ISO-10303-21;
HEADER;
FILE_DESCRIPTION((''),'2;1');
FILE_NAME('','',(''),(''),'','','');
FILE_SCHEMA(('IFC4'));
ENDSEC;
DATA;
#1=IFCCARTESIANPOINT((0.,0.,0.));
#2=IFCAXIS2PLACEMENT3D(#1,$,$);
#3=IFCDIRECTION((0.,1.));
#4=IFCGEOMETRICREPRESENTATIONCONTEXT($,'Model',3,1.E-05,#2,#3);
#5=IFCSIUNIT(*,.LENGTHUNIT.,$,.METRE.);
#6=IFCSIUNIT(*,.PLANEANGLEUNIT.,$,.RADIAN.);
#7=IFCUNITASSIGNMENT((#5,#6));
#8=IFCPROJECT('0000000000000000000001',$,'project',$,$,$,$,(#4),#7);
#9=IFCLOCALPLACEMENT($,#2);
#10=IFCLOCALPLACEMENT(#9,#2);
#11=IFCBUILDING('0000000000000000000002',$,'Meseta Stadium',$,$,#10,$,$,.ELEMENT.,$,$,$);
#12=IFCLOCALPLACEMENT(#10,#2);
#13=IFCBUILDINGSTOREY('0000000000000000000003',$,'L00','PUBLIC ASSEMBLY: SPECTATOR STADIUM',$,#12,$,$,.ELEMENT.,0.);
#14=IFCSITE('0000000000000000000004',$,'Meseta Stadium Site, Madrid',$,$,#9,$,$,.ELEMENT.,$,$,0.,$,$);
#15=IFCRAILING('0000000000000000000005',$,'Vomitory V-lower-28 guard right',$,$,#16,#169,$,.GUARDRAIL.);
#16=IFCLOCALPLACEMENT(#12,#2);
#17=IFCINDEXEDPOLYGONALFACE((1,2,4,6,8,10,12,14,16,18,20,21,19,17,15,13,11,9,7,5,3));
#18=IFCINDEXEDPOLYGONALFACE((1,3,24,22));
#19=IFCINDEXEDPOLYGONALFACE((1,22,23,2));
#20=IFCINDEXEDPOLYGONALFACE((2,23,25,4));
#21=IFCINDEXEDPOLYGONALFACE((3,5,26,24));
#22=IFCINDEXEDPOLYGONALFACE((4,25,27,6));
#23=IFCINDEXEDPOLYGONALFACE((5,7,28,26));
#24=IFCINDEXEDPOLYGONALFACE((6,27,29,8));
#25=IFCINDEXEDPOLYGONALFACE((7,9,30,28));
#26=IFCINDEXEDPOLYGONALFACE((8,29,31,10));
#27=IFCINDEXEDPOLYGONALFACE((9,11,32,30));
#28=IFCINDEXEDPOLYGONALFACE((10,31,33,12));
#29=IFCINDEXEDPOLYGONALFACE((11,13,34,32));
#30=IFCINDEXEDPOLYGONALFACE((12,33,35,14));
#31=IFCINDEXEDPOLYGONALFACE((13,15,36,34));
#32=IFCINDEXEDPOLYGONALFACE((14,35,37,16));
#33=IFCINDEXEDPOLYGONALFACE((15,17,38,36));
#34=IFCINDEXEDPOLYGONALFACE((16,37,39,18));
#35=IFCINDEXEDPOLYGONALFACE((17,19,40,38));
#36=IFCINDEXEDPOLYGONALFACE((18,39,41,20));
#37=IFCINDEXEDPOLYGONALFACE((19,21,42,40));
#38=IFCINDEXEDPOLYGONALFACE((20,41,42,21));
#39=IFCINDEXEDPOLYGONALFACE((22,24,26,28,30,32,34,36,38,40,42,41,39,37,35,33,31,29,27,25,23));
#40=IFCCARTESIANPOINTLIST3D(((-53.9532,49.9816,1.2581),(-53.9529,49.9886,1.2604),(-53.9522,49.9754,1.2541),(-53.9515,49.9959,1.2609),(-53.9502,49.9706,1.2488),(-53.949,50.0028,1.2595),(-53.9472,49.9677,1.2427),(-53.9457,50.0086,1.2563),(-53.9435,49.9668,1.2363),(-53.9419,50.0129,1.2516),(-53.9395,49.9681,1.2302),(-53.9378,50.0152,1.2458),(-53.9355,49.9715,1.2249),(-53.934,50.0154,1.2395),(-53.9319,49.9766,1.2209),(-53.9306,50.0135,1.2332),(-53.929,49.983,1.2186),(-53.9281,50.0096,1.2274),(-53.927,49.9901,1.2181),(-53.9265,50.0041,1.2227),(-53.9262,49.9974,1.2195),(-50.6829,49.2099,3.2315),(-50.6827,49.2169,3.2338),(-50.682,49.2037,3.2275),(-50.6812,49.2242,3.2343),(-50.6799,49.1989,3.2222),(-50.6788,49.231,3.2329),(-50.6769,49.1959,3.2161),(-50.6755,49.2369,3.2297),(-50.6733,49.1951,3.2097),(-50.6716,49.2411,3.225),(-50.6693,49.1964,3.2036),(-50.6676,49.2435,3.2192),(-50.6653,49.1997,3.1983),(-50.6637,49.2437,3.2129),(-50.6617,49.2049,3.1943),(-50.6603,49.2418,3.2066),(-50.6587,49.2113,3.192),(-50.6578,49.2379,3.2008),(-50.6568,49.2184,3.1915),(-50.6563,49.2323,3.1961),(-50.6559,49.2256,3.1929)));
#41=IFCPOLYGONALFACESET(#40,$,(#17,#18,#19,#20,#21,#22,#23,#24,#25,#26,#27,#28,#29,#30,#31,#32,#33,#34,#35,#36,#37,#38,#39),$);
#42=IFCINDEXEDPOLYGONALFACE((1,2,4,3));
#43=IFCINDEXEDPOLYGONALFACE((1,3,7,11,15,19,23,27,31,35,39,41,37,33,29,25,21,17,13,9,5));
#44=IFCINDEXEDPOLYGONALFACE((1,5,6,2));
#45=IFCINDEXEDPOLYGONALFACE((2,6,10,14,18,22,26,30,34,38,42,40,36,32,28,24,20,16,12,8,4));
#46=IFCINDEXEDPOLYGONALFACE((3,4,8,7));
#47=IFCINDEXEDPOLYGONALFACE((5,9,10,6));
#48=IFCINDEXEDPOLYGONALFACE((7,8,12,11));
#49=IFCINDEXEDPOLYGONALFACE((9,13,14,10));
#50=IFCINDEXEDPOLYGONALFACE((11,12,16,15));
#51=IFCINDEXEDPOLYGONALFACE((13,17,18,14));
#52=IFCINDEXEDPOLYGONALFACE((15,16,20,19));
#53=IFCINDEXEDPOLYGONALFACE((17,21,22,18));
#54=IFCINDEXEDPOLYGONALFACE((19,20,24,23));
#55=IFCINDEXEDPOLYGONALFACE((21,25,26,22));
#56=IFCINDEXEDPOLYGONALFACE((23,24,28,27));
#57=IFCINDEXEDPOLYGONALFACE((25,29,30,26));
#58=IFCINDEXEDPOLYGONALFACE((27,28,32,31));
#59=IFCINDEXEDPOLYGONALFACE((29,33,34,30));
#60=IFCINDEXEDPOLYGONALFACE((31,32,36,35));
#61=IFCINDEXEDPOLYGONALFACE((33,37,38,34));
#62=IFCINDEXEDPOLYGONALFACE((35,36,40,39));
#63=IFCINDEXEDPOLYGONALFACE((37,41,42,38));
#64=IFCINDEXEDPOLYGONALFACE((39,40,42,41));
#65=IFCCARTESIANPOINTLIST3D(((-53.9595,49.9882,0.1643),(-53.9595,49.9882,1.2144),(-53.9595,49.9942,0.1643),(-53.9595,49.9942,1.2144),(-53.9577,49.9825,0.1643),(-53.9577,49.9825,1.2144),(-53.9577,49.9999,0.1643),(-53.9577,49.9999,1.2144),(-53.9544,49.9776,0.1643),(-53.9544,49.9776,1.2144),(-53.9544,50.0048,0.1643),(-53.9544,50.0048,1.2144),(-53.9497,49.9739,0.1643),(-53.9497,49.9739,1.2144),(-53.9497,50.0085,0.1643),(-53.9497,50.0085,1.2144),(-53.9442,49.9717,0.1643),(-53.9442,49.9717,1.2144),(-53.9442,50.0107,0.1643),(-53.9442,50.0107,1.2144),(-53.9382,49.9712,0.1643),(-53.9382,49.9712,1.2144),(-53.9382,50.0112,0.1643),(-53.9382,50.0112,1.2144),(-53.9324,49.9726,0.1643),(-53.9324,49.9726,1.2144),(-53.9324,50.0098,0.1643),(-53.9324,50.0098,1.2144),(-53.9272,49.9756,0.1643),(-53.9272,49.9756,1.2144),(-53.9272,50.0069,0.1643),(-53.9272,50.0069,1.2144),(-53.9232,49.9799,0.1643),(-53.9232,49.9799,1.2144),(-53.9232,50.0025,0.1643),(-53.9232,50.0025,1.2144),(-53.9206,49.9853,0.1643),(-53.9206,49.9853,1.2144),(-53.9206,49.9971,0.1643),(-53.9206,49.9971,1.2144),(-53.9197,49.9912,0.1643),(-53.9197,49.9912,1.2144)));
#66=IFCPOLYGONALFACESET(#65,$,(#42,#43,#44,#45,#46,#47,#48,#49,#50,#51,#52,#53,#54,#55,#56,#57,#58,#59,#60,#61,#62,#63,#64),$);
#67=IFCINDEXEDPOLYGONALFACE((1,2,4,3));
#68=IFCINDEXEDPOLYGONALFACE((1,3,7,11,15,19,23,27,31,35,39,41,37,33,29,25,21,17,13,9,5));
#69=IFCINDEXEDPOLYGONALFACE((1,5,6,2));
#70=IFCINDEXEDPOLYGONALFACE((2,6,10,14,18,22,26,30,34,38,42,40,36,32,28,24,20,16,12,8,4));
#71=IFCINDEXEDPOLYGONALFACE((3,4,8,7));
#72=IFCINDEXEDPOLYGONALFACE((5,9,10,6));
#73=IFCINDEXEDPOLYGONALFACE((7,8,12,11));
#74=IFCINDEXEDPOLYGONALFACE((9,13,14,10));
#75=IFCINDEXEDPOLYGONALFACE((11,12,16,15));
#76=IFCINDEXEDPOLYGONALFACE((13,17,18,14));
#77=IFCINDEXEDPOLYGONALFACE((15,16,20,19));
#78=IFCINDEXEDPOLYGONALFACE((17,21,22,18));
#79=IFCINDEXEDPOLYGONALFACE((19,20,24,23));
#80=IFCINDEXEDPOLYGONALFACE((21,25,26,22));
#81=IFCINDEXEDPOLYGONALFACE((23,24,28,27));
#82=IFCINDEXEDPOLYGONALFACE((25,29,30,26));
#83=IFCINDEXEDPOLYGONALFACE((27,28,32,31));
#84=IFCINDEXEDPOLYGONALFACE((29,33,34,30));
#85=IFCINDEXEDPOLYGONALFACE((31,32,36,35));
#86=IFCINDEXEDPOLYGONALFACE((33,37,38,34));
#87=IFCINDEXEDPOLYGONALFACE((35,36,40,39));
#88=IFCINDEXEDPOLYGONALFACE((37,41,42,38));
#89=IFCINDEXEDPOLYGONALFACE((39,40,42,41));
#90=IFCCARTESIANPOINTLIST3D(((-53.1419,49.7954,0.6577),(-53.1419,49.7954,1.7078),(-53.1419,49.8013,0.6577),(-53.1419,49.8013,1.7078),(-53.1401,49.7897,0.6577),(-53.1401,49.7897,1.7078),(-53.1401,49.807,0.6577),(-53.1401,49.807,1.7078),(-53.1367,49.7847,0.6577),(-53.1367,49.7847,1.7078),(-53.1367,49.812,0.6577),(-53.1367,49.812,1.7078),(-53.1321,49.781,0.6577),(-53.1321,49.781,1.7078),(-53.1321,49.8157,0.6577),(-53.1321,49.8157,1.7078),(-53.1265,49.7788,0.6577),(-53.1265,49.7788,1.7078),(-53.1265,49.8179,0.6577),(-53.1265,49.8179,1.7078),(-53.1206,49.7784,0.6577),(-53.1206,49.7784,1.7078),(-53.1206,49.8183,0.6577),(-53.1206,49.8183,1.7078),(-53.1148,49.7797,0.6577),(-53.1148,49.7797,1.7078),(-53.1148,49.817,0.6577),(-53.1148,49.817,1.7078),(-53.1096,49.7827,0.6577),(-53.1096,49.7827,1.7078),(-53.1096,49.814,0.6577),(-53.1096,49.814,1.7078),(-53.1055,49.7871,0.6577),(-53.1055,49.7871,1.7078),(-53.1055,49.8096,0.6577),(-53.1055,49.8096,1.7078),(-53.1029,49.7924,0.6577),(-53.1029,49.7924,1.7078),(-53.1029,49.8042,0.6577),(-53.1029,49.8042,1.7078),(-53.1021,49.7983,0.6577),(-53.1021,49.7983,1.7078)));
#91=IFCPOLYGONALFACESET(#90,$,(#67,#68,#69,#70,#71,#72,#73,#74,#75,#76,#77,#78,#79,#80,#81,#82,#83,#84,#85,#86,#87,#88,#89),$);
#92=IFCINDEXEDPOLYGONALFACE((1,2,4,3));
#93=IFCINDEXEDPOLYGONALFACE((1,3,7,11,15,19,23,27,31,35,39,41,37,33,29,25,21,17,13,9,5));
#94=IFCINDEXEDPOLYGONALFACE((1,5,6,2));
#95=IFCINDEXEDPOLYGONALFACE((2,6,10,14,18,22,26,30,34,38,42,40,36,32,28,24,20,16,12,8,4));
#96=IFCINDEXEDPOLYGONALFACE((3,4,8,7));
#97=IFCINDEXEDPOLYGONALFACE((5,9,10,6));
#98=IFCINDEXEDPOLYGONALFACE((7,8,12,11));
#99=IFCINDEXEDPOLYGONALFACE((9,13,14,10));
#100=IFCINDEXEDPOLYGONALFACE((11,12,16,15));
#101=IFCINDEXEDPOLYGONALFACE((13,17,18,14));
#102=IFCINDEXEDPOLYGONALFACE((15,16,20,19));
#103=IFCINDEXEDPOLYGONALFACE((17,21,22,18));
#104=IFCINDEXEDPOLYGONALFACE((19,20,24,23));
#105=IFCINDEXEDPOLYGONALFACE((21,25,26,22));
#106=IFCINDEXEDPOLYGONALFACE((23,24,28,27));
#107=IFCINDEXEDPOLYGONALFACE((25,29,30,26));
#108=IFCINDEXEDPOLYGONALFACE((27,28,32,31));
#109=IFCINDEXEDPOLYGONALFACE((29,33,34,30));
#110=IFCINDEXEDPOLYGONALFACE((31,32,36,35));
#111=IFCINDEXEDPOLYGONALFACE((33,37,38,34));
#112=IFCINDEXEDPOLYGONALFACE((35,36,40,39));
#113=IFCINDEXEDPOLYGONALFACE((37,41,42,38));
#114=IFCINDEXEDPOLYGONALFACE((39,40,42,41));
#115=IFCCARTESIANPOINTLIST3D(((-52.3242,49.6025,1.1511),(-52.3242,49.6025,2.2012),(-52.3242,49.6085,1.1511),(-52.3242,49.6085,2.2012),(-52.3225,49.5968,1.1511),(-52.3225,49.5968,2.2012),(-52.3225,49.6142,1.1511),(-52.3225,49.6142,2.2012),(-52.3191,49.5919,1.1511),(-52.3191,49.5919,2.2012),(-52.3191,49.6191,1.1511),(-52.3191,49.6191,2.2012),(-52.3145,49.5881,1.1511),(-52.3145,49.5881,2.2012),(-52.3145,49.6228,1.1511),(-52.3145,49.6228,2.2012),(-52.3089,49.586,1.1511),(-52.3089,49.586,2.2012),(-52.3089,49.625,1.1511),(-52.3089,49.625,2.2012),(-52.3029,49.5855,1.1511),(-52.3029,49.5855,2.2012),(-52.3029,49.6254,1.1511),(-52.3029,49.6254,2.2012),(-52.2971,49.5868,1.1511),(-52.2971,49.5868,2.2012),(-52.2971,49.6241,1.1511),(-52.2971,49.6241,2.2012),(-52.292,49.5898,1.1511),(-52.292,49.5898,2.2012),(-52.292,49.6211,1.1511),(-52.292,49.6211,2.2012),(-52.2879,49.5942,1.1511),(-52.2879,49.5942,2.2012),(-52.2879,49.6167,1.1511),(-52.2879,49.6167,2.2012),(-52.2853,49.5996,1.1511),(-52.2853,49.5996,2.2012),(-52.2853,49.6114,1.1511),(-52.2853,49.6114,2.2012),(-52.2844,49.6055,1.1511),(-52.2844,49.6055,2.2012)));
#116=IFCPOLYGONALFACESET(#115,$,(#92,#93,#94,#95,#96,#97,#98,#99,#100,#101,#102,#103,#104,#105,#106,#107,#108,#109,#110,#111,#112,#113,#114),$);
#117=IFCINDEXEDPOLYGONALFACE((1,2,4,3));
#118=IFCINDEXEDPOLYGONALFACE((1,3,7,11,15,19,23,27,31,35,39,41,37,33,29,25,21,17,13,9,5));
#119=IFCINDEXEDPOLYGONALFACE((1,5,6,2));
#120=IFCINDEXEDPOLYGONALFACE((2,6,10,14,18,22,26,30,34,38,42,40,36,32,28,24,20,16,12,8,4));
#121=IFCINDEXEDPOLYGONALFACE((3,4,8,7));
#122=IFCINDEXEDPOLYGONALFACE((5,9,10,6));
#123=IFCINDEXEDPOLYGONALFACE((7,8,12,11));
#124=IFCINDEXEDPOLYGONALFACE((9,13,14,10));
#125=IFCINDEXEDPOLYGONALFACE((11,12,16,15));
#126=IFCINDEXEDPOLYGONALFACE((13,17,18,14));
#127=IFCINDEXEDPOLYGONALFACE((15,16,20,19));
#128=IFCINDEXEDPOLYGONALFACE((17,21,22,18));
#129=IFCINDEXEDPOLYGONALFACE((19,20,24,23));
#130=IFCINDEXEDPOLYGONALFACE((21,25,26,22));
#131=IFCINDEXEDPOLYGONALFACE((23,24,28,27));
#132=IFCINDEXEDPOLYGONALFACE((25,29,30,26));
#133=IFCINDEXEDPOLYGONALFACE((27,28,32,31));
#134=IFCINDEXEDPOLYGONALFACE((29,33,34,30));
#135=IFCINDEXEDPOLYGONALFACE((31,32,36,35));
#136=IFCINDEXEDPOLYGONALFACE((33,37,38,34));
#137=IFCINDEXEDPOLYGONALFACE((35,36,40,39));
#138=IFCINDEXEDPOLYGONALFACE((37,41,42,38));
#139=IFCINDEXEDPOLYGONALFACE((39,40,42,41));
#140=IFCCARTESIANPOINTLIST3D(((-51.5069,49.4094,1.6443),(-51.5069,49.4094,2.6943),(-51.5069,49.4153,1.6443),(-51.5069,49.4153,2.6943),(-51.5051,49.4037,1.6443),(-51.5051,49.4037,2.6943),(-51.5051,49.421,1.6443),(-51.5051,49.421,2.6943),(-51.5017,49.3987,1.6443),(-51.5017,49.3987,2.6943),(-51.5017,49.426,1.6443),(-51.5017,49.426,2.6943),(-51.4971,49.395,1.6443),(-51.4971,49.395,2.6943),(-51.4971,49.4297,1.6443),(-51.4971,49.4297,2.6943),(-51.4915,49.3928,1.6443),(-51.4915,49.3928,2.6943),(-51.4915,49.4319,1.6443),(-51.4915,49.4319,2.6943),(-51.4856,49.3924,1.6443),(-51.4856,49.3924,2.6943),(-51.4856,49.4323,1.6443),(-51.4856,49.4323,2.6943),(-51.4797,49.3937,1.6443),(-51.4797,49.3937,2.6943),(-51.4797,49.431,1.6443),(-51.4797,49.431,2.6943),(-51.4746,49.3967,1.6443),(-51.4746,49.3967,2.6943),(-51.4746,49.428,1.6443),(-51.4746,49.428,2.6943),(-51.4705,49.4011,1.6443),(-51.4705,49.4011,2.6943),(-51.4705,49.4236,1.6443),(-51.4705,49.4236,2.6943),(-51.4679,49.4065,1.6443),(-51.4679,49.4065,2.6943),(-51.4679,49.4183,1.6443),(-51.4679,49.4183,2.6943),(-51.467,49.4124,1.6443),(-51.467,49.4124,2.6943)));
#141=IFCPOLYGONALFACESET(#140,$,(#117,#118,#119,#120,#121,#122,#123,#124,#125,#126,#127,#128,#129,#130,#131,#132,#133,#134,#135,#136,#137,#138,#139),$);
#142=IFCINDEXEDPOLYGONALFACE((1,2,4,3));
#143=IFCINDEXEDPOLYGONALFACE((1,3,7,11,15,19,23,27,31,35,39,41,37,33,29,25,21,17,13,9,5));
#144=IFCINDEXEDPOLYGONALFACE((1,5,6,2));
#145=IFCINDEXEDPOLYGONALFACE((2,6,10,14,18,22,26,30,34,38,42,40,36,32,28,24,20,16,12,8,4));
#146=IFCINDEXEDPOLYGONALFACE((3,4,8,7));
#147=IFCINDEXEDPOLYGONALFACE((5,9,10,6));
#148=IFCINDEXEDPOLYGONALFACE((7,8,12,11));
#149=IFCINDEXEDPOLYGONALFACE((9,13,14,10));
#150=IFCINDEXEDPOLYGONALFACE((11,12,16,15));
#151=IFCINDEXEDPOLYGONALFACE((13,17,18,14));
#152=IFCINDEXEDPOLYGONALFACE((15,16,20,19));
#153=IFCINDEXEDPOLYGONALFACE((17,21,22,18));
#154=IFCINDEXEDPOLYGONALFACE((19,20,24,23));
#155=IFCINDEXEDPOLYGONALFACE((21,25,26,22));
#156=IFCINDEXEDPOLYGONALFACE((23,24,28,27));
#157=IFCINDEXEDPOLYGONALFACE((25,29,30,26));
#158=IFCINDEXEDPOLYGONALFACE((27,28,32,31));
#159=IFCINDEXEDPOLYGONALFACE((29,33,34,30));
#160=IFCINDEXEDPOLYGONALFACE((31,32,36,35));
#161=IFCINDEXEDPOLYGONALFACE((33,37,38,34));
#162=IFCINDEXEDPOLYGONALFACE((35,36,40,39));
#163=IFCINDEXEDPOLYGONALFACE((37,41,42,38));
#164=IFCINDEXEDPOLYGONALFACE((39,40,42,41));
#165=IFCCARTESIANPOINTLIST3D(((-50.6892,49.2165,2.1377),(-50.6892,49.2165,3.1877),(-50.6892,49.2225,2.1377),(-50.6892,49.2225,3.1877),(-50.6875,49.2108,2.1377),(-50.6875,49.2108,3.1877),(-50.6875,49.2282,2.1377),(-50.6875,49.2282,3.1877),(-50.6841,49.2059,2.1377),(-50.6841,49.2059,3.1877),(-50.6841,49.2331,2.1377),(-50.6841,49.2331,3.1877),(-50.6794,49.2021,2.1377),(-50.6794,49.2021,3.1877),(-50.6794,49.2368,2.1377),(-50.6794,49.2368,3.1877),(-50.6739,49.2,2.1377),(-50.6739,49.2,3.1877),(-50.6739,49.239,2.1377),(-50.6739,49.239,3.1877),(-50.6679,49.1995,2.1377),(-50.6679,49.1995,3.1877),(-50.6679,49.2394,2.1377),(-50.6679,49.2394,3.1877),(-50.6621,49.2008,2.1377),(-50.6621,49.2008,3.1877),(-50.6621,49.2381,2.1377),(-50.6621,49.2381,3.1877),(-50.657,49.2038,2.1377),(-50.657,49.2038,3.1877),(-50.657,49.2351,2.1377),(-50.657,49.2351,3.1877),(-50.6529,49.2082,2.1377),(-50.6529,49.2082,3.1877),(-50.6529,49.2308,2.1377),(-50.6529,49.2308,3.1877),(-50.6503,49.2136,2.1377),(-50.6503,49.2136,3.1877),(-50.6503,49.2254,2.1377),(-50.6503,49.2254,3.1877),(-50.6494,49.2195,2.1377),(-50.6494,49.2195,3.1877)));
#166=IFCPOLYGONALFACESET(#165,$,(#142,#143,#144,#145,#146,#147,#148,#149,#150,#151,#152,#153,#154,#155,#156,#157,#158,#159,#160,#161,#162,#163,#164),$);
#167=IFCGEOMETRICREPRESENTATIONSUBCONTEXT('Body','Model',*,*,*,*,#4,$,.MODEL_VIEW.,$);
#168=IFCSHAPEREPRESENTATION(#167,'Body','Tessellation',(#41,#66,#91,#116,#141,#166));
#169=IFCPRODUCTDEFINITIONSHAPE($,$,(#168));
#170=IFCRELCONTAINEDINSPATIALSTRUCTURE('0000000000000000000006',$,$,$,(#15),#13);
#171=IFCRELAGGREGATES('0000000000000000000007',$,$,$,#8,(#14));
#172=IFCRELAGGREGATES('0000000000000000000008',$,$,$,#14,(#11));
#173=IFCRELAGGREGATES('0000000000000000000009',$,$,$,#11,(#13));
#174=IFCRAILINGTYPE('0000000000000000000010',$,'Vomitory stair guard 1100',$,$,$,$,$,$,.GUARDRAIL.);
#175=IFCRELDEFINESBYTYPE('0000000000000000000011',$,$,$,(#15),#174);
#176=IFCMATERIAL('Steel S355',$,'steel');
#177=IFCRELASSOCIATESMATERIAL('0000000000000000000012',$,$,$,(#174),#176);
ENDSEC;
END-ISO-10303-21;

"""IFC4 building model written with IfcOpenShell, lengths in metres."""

from ifc_helpers import new_model, si_unit, direction, frame, origin, origin_2d, place, context, subcontext, project, spatial, circle, extrude, material, type_object, element, save


model = new_model("IFC4")

# Units and contexts
model_context = context("Model", 3, precision=1e-05, world=origin(), true_north=direction((0.0, 1.0)))
body_context = subcontext(model_context, "Body", "Model", "MODEL_VIEW")
ifc_project = project(units=[si_unit("LENGTHUNIT", "METRE"), si_unit("PLANEANGLEUNIT", "RADIAN")], contexts=[model_context])

# Site, building, storey
site_placement = place(None, origin())
site = spatial("IfcSite", under=ifc_project, at=site_placement, Name="Meseta Stadium Site, Madrid", CompositionType="ELEMENT", RefElevation=0.0)
building_placement = place(site_placement, origin())
building = spatial("IfcBuilding", under=site, at=building_placement, Name="Meseta Stadium", CompositionType="ELEMENT")
storey_placement = place(building_placement, origin())
storey = spatial("IfcBuildingStorey", under=building, at=storey_placement, Name="L00", Description="PUBLIC ASSEMBLY: SPECTATOR STADIUM", CompositionType="ELEMENT", Elevation=0.0)

# Railing
ifc_material_1 = material(Name="Steel S355", Category="steel")
railing_type_1 = type_object("IfcRailingType", Name="Vomitory stair guard 1100", PredefinedType="GUARDRAIL", material=ifc_material_1)
railing_1_placement = place(storey_placement, frame((-53.9397, 49.9912, 0.1643)))
element("IfcRailing", 1, at=railing_1_placement, inside=storey, type_object=railing_type_1, Name="Vomitory V-lower-28 guard right", PredefinedType="GUARDRAIL", context=body_context, shape_type="SweptSolid", body=[
    extrude(circle(Radius=0.0249, at=origin_2d()), frame((0.0, 0.0, 1.0752), z_axis=(0.839234, -0.198046, 0.506423), x_axis=(0.229675, 0.973267, 0.0)), (0.0, 0.0, 1.0), 3.8967),
    extrude(circle(Radius=0.02, at=origin_2d()), origin(), (0.0, 0.0, 1.0), 1.05),
    extrude(circle(Radius=0.02, at=origin_2d()), frame((0.8176, -0.1929, 0.4934)), (0.0, 0.0, 1.0), 1.05),
    extrude(circle(Radius=0.02, at=origin_2d()), frame((1.6353, -0.3857, 0.9868)), (0.0, 0.0, 1.0), 1.05),
    extrude(circle(Radius=0.02, at=origin_2d()), frame((2.4526, -0.5789, 1.48)), (0.0, 0.0, 1.0), 1.05),
    extrude(circle(Radius=0.02, at=origin_2d()), frame((3.2703, -0.7717, 1.9734)), (0.0, 0.0, 1.0), 1.05),
])

save(model, "model.ifc")
